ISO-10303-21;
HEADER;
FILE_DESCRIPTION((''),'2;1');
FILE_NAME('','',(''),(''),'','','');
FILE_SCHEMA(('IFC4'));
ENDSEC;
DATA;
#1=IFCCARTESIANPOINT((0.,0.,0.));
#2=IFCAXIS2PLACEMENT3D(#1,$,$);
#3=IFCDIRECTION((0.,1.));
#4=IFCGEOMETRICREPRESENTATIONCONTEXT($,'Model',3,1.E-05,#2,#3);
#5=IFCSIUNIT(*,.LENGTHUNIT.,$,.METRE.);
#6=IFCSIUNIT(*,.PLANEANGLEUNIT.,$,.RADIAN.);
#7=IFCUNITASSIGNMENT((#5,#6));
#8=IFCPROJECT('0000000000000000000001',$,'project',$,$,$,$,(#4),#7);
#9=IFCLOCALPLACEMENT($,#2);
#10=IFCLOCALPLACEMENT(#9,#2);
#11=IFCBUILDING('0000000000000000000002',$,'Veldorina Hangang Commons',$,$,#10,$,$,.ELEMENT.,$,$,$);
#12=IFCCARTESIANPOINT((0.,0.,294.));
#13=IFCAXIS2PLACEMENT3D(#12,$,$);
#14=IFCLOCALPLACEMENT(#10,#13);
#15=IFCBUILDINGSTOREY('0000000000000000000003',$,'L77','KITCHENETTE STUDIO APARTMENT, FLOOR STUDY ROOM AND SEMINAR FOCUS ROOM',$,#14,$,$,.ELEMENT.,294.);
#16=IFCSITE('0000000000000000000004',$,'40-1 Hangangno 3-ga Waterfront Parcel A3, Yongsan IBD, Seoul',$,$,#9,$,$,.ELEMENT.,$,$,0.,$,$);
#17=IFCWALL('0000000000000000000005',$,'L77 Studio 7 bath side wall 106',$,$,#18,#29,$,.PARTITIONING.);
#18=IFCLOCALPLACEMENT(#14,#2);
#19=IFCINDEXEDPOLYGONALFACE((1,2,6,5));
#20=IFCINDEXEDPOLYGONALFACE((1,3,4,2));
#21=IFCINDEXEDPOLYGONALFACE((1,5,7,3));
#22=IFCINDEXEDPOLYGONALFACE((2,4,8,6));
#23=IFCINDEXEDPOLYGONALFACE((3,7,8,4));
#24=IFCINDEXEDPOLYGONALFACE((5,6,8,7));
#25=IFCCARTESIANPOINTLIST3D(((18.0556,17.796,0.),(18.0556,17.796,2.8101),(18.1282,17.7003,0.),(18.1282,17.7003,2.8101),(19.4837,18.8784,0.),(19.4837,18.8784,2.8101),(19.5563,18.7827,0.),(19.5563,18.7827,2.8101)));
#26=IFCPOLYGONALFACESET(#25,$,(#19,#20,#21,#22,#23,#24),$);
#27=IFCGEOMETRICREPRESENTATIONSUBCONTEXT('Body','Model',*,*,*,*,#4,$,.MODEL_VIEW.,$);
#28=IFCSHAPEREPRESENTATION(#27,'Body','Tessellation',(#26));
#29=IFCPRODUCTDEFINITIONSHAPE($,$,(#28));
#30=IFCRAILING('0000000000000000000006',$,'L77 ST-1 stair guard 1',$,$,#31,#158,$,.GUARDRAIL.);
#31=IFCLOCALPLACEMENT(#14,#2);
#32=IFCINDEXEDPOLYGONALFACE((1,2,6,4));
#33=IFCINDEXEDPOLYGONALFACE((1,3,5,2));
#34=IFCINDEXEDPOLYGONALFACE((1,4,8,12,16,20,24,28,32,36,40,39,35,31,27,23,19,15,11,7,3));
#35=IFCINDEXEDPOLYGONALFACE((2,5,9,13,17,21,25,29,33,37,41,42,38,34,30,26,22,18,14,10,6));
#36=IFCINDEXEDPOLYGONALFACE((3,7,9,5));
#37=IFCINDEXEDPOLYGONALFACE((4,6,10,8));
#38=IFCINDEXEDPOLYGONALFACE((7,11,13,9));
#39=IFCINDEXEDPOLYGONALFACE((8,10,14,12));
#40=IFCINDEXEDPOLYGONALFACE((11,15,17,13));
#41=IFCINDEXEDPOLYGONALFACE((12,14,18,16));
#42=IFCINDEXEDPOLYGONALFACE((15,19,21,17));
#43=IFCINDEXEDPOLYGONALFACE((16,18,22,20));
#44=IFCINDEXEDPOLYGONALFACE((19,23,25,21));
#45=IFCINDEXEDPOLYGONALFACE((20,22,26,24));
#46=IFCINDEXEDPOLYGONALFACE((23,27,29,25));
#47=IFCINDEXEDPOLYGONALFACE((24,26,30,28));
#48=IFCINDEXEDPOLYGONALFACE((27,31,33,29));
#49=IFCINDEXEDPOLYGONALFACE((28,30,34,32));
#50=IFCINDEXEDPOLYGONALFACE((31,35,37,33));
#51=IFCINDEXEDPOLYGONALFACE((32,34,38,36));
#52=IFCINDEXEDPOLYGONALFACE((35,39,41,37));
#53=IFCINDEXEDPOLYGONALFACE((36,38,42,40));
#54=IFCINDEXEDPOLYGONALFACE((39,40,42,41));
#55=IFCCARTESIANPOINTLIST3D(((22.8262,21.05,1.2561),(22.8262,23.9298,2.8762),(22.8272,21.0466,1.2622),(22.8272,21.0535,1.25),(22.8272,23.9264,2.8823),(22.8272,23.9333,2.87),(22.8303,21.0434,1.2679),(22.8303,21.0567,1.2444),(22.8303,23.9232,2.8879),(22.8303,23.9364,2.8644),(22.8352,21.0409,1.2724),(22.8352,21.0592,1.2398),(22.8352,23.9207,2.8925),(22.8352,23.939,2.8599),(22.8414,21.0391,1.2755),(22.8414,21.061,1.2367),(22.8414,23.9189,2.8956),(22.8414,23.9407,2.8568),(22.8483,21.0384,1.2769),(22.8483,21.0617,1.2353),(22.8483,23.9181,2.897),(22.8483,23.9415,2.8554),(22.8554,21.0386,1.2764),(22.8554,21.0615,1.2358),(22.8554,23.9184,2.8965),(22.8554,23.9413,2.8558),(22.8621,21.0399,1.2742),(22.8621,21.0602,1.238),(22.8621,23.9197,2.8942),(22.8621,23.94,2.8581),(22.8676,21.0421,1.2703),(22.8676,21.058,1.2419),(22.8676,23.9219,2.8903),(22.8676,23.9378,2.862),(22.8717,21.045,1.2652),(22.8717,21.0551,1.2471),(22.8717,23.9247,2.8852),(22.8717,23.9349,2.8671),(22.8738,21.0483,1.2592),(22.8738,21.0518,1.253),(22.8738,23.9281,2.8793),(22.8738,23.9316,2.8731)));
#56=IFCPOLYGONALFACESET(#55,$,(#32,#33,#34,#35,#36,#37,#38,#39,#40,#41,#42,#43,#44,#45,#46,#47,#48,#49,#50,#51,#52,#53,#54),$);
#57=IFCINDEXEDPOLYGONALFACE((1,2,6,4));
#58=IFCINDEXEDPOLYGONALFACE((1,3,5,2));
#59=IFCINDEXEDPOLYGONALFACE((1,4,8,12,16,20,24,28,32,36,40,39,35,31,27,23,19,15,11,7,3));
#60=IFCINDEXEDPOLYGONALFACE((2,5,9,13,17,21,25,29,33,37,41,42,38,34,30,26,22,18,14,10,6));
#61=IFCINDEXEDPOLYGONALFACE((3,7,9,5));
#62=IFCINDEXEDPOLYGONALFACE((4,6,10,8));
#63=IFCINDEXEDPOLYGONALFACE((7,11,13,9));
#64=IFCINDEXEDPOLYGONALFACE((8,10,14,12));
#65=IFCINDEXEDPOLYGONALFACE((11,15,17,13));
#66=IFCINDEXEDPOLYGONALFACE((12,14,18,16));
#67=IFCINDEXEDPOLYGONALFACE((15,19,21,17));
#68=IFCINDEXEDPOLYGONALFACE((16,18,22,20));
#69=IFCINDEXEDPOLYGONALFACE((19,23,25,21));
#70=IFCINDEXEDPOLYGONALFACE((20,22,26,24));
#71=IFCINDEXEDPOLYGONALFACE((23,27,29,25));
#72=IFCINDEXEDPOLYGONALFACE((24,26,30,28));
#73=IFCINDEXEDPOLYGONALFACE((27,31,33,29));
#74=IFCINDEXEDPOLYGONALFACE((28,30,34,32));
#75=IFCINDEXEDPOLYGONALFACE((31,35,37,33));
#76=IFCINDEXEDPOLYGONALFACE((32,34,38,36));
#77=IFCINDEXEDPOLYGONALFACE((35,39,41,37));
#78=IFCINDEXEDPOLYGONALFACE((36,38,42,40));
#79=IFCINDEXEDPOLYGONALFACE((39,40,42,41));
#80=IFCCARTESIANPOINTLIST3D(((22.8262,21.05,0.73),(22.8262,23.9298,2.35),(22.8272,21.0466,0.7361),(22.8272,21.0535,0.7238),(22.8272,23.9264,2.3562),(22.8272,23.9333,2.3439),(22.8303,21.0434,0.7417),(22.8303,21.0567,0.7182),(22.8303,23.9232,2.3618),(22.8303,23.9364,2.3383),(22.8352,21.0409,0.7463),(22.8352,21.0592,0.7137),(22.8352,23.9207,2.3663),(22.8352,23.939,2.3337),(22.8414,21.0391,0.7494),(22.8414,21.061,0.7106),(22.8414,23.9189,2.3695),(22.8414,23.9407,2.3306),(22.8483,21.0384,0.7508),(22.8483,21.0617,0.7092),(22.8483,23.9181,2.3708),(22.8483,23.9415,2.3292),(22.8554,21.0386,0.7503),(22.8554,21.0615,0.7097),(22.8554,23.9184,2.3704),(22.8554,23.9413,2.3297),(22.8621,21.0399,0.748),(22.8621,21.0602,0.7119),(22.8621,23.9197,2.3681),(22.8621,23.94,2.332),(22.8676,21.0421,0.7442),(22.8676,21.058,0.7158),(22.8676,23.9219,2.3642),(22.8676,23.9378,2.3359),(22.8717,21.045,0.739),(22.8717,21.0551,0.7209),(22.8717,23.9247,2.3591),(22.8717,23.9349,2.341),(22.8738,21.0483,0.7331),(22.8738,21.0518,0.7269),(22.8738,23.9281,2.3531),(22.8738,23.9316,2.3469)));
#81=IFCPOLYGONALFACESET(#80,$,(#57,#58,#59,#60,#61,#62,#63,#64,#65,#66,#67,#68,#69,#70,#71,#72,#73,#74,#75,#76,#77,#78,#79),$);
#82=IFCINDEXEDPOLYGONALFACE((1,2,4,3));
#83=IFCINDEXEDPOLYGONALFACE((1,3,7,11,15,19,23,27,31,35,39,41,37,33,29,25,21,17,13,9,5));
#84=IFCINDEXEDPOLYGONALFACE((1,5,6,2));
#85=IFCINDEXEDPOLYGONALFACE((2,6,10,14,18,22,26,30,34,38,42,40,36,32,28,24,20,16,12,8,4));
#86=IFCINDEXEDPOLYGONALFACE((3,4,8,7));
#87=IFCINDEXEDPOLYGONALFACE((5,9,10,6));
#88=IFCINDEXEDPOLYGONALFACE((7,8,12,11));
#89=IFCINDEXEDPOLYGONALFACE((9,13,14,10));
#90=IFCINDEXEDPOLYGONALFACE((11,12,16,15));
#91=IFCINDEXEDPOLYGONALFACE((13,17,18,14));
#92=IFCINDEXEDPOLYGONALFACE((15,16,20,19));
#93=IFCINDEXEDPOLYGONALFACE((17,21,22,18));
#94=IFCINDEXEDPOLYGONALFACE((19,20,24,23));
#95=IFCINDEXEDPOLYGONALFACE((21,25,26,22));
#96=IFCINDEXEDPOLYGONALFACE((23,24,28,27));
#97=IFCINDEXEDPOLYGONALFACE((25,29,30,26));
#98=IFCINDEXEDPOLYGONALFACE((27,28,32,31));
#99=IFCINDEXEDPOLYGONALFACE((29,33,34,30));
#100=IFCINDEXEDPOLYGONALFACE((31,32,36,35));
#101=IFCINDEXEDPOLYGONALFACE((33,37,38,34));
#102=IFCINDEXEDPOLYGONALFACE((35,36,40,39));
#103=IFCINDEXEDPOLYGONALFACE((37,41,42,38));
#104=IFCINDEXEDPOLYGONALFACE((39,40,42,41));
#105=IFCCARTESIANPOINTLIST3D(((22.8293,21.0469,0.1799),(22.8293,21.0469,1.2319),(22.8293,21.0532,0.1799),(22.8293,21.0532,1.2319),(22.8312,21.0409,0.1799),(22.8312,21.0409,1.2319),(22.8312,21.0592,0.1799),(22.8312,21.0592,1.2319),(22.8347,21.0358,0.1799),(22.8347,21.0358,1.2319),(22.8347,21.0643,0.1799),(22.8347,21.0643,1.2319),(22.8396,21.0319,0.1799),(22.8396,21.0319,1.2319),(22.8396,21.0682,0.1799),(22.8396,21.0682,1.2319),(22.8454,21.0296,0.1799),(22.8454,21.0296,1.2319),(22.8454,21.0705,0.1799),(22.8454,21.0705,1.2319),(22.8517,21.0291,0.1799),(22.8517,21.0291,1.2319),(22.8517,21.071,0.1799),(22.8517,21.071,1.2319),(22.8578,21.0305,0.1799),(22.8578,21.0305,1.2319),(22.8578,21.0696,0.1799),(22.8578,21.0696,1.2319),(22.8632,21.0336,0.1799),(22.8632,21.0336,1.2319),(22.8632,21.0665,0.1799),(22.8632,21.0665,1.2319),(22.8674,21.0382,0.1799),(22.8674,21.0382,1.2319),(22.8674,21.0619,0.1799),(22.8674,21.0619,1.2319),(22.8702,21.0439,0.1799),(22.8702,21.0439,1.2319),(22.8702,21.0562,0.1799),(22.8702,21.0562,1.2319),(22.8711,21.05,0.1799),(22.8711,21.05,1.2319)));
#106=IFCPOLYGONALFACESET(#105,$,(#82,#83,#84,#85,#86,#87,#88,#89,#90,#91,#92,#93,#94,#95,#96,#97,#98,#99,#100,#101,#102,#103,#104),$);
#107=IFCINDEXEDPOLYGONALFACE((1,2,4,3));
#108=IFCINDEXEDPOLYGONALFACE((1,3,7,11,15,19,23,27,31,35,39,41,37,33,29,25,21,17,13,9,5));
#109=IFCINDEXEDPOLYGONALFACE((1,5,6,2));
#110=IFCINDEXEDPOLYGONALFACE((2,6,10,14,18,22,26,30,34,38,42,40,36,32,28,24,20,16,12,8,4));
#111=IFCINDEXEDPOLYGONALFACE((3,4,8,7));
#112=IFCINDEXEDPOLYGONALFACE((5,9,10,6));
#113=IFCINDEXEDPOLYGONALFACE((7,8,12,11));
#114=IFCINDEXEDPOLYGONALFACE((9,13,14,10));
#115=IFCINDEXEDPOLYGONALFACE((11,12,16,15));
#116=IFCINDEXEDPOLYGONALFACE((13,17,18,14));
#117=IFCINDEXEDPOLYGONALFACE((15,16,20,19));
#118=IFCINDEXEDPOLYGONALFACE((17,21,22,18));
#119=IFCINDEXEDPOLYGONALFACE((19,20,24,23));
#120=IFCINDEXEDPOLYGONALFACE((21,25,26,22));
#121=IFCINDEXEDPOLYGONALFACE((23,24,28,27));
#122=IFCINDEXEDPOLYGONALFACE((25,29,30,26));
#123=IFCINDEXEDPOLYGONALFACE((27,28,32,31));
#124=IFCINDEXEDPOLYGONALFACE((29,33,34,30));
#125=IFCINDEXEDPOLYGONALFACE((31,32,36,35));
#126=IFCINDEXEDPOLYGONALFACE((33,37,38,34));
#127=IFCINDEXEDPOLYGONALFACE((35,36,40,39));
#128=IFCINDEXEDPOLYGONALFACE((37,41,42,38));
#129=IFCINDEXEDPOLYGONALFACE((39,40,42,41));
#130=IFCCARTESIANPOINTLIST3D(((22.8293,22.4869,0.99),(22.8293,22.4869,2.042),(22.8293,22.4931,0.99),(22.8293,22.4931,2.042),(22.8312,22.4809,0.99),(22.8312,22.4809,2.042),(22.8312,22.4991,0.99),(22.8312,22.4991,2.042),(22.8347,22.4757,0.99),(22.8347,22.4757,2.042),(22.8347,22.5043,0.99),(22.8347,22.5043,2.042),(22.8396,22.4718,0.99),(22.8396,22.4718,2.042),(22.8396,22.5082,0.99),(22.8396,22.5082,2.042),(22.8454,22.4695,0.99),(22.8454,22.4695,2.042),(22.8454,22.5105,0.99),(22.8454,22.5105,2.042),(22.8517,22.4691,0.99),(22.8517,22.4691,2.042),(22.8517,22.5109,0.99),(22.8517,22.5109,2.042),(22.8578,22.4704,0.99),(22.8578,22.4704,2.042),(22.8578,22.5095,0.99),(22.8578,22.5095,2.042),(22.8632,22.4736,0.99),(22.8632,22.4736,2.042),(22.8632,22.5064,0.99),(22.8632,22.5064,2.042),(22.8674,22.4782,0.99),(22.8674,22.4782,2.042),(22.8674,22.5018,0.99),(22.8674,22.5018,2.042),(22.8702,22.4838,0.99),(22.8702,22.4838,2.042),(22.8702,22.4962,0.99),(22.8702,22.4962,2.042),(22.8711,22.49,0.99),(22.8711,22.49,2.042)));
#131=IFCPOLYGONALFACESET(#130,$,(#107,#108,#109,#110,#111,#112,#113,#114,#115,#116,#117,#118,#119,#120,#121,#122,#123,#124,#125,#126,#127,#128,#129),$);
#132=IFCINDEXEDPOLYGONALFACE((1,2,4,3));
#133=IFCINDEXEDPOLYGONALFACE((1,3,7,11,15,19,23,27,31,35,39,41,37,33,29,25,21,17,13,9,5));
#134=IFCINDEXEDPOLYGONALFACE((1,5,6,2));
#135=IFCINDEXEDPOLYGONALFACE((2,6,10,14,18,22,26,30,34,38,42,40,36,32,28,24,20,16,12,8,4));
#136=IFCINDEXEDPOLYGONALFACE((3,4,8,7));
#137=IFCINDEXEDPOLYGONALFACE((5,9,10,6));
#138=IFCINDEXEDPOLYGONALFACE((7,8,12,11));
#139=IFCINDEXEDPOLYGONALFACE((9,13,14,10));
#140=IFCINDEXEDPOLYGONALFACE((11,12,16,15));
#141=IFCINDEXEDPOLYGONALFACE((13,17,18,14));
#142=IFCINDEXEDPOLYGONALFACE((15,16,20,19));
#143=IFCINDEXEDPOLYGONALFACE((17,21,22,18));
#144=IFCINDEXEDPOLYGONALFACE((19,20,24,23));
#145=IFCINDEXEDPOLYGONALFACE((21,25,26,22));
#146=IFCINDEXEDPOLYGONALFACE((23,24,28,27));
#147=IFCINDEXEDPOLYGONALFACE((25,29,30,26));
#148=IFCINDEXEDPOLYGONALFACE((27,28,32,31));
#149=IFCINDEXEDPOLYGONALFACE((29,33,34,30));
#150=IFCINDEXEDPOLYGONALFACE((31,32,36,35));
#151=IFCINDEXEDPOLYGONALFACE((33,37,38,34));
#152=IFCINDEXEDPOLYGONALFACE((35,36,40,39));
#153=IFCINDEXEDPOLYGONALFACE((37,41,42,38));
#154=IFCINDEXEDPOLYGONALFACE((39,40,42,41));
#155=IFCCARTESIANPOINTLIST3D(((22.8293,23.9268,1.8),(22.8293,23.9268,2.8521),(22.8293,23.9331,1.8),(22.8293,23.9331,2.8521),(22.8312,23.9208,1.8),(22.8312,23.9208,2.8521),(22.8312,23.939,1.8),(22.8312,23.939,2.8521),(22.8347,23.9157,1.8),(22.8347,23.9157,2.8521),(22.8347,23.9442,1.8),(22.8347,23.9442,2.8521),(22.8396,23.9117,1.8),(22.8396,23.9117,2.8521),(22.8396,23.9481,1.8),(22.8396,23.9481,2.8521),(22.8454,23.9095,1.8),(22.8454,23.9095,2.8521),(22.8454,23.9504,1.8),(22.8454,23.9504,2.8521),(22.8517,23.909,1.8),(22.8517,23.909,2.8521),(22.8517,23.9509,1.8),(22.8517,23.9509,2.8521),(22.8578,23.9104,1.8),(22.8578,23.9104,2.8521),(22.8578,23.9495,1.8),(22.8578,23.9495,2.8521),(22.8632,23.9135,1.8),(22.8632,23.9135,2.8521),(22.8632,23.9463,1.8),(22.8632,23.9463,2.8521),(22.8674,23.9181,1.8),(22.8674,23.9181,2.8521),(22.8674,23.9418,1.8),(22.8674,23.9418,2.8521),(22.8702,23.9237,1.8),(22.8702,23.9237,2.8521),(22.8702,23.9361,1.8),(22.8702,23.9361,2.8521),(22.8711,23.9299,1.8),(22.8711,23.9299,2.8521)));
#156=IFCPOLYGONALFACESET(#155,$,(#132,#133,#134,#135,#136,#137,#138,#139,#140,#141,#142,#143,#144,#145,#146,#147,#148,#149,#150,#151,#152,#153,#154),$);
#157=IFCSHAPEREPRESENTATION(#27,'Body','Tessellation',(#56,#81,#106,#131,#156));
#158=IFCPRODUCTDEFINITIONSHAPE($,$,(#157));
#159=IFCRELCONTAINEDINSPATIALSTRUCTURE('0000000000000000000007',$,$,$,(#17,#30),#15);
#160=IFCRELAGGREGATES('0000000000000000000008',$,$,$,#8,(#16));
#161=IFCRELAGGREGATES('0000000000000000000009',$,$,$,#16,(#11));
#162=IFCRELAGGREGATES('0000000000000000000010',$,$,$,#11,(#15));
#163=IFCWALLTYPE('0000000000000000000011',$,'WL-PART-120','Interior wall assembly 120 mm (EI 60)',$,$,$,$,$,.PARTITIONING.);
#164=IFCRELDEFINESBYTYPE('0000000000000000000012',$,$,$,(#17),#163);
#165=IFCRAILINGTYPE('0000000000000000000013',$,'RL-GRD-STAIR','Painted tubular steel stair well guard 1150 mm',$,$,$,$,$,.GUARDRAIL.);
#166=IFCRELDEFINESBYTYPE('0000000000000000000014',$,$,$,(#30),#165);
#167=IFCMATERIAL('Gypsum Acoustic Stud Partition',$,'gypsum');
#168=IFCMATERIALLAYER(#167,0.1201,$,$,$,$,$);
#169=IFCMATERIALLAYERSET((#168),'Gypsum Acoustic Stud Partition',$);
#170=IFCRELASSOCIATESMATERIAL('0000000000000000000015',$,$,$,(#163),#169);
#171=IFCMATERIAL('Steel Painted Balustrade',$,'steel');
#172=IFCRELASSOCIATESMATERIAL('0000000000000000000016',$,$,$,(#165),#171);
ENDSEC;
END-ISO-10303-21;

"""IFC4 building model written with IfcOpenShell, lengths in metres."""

from ifc_helpers import new_model, si_unit, direction, frame, frame_2d, origin, origin_2d, place, context, subcontext, project, spatial, rectangle, circle, extrude, material, layer, layer_set, type_object, element, save


model = new_model("IFC4")

# Units and contexts
model_context = context("Model", 3, precision=1e-05, world=origin(), true_north=direction((0.0, 1.0)))
body_context = subcontext(model_context, "Body", "Model", "MODEL_VIEW")
ifc_project = project(units=[si_unit("LENGTHUNIT", "METRE"), si_unit("PLANEANGLEUNIT", "RADIAN")], contexts=[model_context])

# Site, building, storey
site_placement = place(None, origin())
site = spatial("IfcSite", under=ifc_project, at=site_placement, Name="40-1 Hangangno 3-ga Waterfront Parcel A3, Yongsan IBD, Seoul", CompositionType="ELEMENT", RefElevation=0.0)
building_placement = place(site_placement, origin())
building = spatial("IfcBuilding", under=site, at=building_placement, Name="Veldorina Hangang Commons", CompositionType="ELEMENT")
storey_placement = place(building_placement, frame((0.0, 0.0, 294.0)))
storey = spatial("IfcBuildingStorey", under=building, at=storey_placement, Name="L77", Description="KITCHENETTE STUDIO APARTMENT, FLOOR STUDY ROOM AND SEMINAR FOCUS ROOM", CompositionType="ELEMENT", Elevation=294.0)

# Wall
ifc_material_1 = material(Name="Gypsum Acoustic Stud Partition", Category="gypsum")
ifc_layer_1 = layer(ifc_material_1, 0.1201)
ifc_layer_set_1 = layer_set([ifc_layer_1], Name="Gypsum Acoustic Stud Partition")
wall_type_1 = type_object("IfcWallType", Name="WL-PART-120", Description="Interior wall assembly 120 mm (EI 60)", PredefinedType="PARTITIONING", material=ifc_layer_set_1)
wall_1_placement = place(storey_placement, frame((19.52, 18.8306, 0.0), z_axis=(0.0, 0.0, 1.0), x_axis=(-0.796949, -0.604047, 0.0)))
element("IfcWall", 1, at=wall_1_placement, inside=storey, type_object=wall_type_1, Name="L77 Studio 7 bath side wall 106", PredefinedType="PARTITIONING", context=body_context, shape_type="SweptSolid", body=[
    extrude(rectangle(XDim=1.792, YDim=0.1201, at=frame_2d((0.896, 0.0))), origin(), (0.0, 0.0, 1.0), 2.8101),
])

# Railing
ifc_material_2 = material(Name="Steel Painted Balustrade", Category="steel")
railing_type = type_object("IfcRailingType", Name="RL-GRD-STAIR", Description="Painted tubular steel stair well guard 1150 mm", PredefinedType="GUARDRAIL", material=ifc_material_2)
railing_1_placement = place(storey_placement, frame((22.8501, 21.05, 0.1799)))
element("IfcRailing", 2, at=railing_1_placement, inside=storey, type_object=railing_type, Name="L77 ST-1 stair guard 1", PredefinedType="GUARDRAIL", context=body_context, shape_type="SweptSolid", body=[
    extrude(circle(Radius=0.0239, at=origin_2d()), frame((0.0, 0.0, 1.0762), z_axis=(0.0, 0.871552, 0.490303), x_axis=(-1.0, 0.0, 0.0)), (0.0, 0.0, 1.0), 3.3042),
    extrude(circle(Radius=0.0239, at=origin_2d()), frame((0.0, 0.0, 0.55), z_axis=(0.0, 0.871552, 0.490303), x_axis=(-1.0, 0.0, 0.0)), (0.0, 0.0, 1.0), 3.3042),
    extrude(circle(Radius=0.021, at=origin_2d()), origin(), (0.0, 0.0, 1.0), 1.052),
    extrude(circle(Radius=0.021, at=origin_2d()), frame((0.0, 1.4399, 0.8101)), (0.0, 0.0, 1.0), 1.052),
    extrude(circle(Radius=0.021, at=origin_2d()), frame((0.0, 2.8799, 1.6201)), (0.0, 0.0, 1.0), 1.052),
])

save(model, "model.ifc")
